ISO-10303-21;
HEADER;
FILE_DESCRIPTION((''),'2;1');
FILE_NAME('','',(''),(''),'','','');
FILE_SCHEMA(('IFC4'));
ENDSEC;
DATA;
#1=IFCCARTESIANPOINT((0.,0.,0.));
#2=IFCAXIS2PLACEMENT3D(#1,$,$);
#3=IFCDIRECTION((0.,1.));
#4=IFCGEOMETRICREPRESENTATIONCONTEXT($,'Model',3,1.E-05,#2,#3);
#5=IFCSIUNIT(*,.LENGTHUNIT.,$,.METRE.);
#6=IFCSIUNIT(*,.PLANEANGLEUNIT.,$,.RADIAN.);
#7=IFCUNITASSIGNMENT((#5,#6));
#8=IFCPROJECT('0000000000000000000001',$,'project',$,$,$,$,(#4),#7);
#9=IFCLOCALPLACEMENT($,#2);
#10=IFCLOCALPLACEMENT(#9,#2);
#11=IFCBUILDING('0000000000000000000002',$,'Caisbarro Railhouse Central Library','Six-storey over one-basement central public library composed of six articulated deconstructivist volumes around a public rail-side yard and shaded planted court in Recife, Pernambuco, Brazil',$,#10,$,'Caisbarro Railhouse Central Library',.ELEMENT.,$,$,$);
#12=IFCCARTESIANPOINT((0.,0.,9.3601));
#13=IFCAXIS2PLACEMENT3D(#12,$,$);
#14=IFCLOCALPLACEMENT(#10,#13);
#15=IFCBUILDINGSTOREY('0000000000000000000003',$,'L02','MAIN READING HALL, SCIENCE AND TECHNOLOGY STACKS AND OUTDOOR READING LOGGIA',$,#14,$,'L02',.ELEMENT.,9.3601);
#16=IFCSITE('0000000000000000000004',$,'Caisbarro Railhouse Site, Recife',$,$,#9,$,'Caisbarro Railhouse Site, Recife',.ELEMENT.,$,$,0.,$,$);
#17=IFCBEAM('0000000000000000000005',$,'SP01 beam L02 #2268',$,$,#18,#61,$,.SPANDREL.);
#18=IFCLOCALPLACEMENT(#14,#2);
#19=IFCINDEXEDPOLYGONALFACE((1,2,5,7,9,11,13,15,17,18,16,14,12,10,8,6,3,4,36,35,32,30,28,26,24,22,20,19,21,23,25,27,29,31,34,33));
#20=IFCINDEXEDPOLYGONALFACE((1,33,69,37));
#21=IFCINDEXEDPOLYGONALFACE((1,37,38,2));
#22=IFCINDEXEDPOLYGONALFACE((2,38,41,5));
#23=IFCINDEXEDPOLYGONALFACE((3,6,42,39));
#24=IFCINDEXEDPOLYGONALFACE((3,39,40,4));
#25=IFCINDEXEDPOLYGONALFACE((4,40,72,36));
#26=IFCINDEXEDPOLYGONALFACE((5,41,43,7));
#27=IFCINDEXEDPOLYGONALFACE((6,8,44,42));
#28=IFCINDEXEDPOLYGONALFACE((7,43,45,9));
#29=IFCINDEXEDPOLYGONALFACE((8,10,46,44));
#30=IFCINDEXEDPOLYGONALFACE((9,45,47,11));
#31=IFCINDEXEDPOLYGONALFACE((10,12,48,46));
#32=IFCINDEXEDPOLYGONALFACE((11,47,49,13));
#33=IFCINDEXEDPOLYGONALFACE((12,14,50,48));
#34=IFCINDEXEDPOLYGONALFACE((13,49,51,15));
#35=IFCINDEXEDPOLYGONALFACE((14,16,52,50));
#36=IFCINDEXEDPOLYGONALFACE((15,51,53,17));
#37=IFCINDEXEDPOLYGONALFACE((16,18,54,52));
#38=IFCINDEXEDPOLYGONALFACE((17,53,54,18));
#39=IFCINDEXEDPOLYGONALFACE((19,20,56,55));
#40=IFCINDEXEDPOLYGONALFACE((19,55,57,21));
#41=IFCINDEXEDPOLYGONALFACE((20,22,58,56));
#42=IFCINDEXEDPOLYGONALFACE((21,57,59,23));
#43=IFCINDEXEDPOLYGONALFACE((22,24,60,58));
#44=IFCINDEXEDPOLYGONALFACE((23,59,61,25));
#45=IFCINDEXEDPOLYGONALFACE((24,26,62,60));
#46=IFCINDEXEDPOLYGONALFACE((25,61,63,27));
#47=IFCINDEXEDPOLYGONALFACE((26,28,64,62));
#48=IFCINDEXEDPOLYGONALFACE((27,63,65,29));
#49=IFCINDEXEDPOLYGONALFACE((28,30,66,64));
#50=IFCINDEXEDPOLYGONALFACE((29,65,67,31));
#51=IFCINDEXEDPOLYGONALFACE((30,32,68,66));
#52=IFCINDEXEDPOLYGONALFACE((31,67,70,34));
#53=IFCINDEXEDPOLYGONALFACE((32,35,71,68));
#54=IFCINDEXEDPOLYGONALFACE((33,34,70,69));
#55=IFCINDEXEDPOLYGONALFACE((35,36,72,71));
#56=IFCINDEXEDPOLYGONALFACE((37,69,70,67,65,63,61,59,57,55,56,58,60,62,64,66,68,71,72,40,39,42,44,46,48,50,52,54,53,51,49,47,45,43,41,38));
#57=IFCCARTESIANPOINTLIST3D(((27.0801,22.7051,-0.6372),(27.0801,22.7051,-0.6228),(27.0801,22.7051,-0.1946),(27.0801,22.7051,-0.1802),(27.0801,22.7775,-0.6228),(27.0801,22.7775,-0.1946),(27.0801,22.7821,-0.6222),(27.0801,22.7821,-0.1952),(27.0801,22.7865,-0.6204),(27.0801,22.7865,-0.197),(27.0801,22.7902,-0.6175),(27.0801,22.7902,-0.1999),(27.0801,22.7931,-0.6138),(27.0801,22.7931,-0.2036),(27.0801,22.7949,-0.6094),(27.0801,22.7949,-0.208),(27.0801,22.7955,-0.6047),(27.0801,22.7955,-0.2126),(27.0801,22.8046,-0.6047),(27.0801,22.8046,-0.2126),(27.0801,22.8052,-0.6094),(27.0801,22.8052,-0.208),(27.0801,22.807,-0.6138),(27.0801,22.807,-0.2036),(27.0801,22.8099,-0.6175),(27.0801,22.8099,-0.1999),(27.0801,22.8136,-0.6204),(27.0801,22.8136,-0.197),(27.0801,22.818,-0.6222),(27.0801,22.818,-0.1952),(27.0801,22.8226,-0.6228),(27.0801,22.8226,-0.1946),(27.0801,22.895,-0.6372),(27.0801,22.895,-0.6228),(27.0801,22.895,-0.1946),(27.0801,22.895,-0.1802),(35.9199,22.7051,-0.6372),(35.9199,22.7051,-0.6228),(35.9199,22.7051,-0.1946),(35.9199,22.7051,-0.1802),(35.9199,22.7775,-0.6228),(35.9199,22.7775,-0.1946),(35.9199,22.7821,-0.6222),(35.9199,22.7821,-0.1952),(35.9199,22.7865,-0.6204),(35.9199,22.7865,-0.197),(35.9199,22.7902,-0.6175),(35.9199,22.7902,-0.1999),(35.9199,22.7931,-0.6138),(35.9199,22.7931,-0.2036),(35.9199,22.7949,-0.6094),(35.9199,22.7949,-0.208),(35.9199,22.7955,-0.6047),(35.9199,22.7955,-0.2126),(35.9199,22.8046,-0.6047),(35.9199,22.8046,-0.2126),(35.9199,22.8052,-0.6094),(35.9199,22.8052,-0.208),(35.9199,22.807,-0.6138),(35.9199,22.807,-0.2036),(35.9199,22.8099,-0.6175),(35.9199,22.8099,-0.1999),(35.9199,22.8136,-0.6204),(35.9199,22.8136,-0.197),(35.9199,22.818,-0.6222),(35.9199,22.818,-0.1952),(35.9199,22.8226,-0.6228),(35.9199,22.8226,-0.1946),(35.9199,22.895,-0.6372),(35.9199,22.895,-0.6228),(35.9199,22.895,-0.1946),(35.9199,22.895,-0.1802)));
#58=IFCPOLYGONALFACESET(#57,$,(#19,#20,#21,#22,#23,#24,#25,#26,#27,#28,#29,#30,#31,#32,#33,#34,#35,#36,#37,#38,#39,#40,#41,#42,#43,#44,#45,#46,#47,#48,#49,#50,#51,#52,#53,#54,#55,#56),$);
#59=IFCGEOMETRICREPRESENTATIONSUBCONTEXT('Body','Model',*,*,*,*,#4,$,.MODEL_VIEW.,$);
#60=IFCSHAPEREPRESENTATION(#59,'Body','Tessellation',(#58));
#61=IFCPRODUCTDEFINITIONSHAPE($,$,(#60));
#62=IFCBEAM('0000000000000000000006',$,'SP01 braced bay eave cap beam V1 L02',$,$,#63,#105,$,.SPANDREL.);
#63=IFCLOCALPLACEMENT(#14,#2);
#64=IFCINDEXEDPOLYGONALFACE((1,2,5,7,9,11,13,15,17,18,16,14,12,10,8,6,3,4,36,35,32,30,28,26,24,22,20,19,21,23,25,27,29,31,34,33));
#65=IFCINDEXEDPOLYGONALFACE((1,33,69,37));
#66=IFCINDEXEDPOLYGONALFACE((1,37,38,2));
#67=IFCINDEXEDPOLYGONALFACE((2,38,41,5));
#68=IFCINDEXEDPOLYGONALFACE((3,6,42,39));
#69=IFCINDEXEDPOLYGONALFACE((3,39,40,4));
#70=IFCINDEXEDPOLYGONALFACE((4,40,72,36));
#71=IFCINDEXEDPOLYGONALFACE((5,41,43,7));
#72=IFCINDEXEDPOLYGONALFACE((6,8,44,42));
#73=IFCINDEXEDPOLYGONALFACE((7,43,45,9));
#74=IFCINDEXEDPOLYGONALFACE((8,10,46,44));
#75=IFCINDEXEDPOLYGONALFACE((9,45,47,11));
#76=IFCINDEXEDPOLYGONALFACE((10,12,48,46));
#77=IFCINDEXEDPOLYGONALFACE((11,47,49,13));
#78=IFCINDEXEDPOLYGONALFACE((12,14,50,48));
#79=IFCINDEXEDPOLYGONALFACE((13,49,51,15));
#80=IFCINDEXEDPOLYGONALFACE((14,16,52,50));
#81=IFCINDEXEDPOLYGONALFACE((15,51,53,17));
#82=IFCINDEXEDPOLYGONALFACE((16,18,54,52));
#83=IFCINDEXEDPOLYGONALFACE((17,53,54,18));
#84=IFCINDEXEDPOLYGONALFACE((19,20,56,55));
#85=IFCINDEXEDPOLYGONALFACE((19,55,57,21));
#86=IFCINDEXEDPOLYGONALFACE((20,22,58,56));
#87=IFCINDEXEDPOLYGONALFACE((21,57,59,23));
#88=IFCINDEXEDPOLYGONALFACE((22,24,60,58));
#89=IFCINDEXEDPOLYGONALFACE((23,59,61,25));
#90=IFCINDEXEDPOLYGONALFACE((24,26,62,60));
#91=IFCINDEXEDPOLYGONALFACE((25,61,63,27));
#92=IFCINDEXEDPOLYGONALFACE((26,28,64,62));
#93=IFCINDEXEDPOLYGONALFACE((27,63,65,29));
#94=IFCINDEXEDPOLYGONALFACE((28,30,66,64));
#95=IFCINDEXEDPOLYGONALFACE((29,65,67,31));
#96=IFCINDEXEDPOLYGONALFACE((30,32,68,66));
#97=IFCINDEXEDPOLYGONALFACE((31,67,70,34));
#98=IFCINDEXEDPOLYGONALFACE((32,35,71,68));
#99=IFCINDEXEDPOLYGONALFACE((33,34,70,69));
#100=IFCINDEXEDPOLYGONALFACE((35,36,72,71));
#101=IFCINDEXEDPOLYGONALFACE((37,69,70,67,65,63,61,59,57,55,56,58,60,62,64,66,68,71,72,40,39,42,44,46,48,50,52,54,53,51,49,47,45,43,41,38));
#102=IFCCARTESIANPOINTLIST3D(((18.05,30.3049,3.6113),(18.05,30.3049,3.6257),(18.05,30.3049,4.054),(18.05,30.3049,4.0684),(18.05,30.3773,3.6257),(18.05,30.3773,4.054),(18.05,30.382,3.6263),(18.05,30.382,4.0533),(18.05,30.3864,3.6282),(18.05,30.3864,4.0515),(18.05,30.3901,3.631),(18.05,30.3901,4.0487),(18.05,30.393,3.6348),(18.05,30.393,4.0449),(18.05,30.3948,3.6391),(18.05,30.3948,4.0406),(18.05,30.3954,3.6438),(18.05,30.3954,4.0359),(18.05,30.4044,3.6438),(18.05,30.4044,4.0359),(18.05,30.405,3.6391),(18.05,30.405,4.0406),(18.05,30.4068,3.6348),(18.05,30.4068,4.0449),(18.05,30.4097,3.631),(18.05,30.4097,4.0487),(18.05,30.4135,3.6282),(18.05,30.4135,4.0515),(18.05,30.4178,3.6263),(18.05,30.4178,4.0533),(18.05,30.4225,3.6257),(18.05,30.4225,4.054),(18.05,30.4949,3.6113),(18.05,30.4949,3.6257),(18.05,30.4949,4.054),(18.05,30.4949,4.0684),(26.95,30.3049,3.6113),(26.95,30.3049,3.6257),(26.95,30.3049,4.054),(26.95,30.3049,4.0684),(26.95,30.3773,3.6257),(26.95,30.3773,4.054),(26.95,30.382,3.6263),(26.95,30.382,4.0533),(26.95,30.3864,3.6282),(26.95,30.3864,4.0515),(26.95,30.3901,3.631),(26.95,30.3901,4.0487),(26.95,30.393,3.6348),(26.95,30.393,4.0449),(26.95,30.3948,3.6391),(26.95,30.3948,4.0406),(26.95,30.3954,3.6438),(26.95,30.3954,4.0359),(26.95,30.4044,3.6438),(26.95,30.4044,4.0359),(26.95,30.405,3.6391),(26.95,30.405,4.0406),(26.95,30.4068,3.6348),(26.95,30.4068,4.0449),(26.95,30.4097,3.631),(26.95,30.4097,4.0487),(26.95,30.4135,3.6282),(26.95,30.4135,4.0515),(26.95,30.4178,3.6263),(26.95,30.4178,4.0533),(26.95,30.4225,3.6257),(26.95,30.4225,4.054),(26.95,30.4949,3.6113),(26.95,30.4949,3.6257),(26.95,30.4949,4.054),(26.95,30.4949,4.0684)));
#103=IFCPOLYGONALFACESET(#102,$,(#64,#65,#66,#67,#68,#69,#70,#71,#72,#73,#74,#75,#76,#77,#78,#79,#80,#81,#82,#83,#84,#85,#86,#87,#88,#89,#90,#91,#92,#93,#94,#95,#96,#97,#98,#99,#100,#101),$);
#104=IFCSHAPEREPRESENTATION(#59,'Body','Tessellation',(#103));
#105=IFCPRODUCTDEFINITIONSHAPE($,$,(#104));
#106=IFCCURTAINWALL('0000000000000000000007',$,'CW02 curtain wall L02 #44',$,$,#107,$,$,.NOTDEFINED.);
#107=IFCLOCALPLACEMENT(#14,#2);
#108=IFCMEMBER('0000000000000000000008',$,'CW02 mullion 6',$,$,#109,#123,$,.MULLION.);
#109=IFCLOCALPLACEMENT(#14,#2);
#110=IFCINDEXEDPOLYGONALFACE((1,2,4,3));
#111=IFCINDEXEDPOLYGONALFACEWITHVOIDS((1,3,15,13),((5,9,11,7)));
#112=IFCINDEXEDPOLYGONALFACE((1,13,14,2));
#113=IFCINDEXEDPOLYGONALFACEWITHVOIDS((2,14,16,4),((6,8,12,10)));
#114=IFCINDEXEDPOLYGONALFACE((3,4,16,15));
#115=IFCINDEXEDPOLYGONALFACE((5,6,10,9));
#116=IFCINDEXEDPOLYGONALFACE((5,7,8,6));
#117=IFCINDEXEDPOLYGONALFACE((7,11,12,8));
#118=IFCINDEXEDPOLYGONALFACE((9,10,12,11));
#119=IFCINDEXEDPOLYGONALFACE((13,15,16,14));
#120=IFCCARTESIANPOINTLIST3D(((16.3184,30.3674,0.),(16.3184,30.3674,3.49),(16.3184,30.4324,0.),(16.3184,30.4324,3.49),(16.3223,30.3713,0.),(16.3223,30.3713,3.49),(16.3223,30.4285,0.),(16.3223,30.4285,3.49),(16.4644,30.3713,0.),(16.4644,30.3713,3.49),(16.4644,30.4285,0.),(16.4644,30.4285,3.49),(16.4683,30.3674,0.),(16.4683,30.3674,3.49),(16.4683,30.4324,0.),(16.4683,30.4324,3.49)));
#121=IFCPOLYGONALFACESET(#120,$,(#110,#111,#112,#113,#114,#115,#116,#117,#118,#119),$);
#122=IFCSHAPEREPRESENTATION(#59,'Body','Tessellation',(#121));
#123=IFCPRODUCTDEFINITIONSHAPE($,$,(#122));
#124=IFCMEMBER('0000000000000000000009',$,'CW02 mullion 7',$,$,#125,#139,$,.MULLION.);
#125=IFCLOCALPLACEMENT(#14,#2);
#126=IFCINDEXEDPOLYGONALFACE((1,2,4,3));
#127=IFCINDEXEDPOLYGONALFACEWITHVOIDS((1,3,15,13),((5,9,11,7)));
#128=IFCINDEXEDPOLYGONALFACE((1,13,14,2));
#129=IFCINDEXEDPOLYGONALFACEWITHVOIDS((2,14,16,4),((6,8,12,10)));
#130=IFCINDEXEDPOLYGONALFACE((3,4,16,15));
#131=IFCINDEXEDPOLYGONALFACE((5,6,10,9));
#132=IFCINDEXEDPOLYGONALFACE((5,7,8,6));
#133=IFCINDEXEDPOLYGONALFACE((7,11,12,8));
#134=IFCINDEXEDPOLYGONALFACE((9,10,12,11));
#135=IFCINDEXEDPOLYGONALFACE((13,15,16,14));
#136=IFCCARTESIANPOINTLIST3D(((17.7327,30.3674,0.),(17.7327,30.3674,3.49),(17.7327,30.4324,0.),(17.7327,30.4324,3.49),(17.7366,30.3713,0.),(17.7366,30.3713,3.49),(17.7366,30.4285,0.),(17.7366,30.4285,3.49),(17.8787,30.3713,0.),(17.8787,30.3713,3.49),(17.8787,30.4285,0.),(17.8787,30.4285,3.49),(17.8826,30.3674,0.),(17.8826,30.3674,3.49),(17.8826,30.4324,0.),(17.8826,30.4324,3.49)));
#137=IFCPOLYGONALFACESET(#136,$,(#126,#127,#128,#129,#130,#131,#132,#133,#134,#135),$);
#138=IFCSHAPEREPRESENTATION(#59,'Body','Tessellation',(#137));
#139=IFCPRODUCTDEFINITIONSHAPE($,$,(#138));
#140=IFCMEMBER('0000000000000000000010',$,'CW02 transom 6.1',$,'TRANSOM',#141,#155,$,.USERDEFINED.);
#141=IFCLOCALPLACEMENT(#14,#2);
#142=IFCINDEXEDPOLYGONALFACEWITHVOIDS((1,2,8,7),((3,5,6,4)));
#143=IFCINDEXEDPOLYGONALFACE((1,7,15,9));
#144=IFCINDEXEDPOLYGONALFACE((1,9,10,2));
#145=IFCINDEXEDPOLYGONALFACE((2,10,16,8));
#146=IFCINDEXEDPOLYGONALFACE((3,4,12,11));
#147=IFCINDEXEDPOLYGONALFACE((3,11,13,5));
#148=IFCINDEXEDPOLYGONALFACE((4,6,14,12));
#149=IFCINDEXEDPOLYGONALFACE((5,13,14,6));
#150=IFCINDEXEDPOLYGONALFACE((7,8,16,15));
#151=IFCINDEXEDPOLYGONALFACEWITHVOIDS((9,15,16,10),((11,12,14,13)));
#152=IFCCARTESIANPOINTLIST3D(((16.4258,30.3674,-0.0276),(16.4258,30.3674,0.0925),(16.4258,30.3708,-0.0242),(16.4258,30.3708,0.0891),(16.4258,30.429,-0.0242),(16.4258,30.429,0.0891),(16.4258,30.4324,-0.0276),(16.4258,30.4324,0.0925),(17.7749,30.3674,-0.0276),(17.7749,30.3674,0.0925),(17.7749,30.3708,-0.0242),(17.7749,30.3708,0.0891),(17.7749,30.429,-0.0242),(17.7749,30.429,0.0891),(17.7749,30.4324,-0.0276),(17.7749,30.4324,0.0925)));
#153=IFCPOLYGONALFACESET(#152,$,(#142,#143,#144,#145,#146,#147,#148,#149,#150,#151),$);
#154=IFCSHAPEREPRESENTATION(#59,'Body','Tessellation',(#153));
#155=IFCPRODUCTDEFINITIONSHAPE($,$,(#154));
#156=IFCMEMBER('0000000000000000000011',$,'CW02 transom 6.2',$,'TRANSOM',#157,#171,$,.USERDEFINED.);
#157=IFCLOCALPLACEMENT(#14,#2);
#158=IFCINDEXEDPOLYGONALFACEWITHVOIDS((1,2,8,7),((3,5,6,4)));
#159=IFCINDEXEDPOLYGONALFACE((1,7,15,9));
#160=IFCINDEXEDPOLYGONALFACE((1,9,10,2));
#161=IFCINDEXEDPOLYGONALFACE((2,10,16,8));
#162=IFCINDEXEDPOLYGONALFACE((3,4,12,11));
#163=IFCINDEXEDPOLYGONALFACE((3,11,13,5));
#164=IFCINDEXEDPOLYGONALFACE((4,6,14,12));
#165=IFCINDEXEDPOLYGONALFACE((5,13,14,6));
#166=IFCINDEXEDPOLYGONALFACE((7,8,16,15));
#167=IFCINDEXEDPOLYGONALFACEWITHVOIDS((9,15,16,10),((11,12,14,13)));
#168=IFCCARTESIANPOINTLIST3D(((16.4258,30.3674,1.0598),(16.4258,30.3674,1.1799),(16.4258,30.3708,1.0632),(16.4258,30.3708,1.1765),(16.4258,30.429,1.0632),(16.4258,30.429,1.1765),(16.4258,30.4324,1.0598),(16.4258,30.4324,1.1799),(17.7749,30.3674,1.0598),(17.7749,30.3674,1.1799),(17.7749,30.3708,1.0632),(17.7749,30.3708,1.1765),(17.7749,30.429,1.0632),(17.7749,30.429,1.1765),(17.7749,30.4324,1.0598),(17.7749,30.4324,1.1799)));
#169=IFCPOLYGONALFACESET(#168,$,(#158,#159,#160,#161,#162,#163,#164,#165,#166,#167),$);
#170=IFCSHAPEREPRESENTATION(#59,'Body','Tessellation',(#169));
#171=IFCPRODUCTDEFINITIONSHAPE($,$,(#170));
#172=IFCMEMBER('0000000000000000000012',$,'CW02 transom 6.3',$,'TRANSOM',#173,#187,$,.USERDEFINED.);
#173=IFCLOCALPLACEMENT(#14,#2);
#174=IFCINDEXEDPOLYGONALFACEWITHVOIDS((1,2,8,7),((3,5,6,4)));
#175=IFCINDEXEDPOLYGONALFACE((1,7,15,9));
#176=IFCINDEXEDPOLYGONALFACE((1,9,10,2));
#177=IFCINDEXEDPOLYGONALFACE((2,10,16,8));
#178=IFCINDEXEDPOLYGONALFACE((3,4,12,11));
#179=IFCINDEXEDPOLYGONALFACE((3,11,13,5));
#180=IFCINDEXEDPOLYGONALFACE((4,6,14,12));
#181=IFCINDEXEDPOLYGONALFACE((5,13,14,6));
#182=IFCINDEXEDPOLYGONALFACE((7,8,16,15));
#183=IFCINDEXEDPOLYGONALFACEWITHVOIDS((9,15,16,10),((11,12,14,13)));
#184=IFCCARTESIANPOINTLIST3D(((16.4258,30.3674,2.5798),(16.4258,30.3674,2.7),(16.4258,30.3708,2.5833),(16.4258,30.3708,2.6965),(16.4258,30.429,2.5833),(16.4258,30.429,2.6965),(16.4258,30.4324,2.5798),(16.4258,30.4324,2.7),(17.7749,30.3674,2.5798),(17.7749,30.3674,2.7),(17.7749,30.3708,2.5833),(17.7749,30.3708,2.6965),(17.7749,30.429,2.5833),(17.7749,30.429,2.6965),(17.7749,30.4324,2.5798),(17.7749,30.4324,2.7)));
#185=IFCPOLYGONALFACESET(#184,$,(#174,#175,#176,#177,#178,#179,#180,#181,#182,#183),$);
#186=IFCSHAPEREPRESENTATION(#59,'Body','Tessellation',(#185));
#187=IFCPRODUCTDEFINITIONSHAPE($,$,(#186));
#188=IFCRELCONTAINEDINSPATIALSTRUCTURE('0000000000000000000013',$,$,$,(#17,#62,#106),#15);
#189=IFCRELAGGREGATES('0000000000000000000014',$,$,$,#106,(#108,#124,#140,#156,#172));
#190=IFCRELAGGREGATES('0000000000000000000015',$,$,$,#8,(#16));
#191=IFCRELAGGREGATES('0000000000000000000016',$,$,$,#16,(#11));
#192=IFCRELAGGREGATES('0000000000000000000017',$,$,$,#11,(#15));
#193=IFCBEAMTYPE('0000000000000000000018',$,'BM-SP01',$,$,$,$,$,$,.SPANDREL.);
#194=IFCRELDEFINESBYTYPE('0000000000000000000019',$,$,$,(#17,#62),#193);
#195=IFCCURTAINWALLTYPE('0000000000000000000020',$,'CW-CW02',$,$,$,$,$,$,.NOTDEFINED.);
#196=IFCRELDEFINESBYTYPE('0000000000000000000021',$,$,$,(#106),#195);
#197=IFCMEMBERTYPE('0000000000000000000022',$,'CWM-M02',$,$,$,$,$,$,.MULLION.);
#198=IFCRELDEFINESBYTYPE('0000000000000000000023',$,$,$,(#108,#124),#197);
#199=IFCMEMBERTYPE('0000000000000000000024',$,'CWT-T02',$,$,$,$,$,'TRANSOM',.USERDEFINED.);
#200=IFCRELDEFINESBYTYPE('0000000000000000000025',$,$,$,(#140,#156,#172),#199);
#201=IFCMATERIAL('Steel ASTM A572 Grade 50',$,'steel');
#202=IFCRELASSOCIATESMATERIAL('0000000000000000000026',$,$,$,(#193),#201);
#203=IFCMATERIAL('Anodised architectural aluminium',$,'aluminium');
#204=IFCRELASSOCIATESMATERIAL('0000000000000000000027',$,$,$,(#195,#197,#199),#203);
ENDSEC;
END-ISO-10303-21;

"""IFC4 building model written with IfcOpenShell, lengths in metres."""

from ifc_helpers import new_model, si_unit, direction, frame, origin, origin_2d, place, context, subcontext, project, spatial, hollow_rectangle, i_section, extrude, material, material_profile, profile_set, type_object, element, aggregate, save


model = new_model("IFC4")

# Units and contexts
model_context = context("Model", 3, precision=1e-05, world=origin(), true_north=direction((0.0, 1.0)))
body_context = subcontext(model_context, "Body", "Model", "MODEL_VIEW")
ifc_project = project(units=[si_unit("LENGTHUNIT", "METRE"), si_unit("PLANEANGLEUNIT", "RADIAN")], contexts=[model_context])

# Site, building, storey
site_placement = place(None, origin())
site = spatial("IfcSite", under=ifc_project, at=site_placement, Name="Caisbarro Railhouse Site, Recife", LongName="Caisbarro Railhouse Site, Recife", CompositionType="ELEMENT", RefElevation=0.0)
building_placement = place(site_placement, origin())
building = spatial("IfcBuilding", under=site, at=building_placement, Name="Caisbarro Railhouse Central Library", Description="Six-storey over one-basement central public library composed of six articulated deconstructivist volumes around a public rail-side yard and shaded planted court in Recife, Pernambuco, Brazil", LongName="Caisbarro Railhouse Central Library", CompositionType="ELEMENT")
storey_placement = place(building_placement, frame((0.0, 0.0, 9.3601)))
storey = spatial("IfcBuildingStorey", under=building, at=storey_placement, Name="L02", Description="MAIN READING HALL, SCIENCE AND TECHNOLOGY STACKS AND OUTDOOR READING LOGGIA", LongName="L02", CompositionType="ELEMENT", Elevation=9.3601)

# Shared definitions
ifc_material_1 = material(Name="Steel ASTM A572 Grade 50", Category="steel")

# Beams
ifc_material_profile_1 = material_profile(ifc_material_1, i_section(OverallWidth=0.1899, OverallDepth=0.457, WebThickness=0.009, FlangeThickness=0.0144, FilletRadius=0.0181, at=origin_2d()), Name="W460X74.0")
ifc_profile_set_1 = profile_set([ifc_material_profile_1], Name="Steel ASTM A572 Grade 50")
beam_type_1 = type_object("IfcBeamType", Name="BM-SP01", PredefinedType="SPANDREL", material=ifc_profile_set_1)
for number, where, z_axis, x_axis, name in (
    (1, (27.0801, 22.8, -0.4087), (1.0, 0.0, 0.0), (0.0, 1.0, 0.0), "SP01 beam L02 #2268"),
):
    element("IfcBeam", number, at=place(storey_placement, frame(where, z_axis=z_axis, x_axis=x_axis)), inside=storey, type_object=beam_type_1, Name=name, PredefinedType="SPANDREL", context=body_context, shape_type="SweptSolid", body=[
        extrude(i_section(OverallWidth=0.1899, OverallDepth=0.457, WebThickness=0.009, FlangeThickness=0.0144, FilletRadius=0.0181, at=origin_2d()), origin(), (0.0, 0.0, 1.0), 8.8398),
    ])
beam_placement = place(storey_placement, frame((18.05, 30.3999, 3.8398), z_axis=(1.0, 0.0, 0.0), x_axis=(0.0, 1.0, 0.0)))
element("IfcBeam", 2, at=beam_placement, inside=storey, type_object=beam_type_1, Name="SP01 braced bay eave cap beam V1 L02", PredefinedType="SPANDREL", context=body_context, shape_type="SweptSolid", body=[
    extrude(i_section(OverallWidth=0.1899, OverallDepth=0.457, WebThickness=0.009, FlangeThickness=0.0144, FilletRadius=0.0181, at=origin_2d()), origin(), (0.0, 0.0, 1.0), 8.8999),
])

# Curtain wall, members
ifc_material_2 = material(Name="Anodised architectural aluminium", Category="aluminium")
curtain_wall_type = type_object("IfcCurtainWallType", Name="CW-CW02", PredefinedType="NOTDEFINED", material=ifc_material_2)
curtain_wall_placement = place(storey_placement, origin())
curtain_wall = element("IfcCurtainWall", 3, at=curtain_wall_placement, inside=storey, type_object=curtain_wall_type, Name="CW02 curtain wall L02 #44", PredefinedType="NOTDEFINED")
ifc_material_profile_2 = material_profile(ifc_material_2, hollow_rectangle(XDim=0.0649, YDim=0.1499, WallThickness=0.0039, at=origin_2d()), Name="ALU-MUL-65X150")
ifc_profile_set_2 = profile_set([ifc_material_profile_2], Name="Anodised architectural aluminium")
member_type_1 = type_object("IfcMemberType", Name="CWM-M02", PredefinedType="MULLION", material=ifc_profile_set_2)
member_1_placement = place(storey_placement, frame((16.3933, 30.3999, 0.0), z_axis=(0.0, 0.0, 1.0), x_axis=(0.0, 1.0, 0.0)))
member_1 = element("IfcMember", 4, at=member_1_placement, type_object=member_type_1, Name="CW02 mullion 6", PredefinedType="MULLION", context=body_context, shape_type="SweptSolid", body=[
    extrude(hollow_rectangle(XDim=0.0649, YDim=0.1499, WallThickness=0.0039, at=origin_2d()), origin(), (0.0, 0.0, 1.0), 3.49),
])
member_2_placement = place(storey_placement, frame((17.8076, 30.3999, 0.0), z_axis=(0.0, 0.0, 1.0), x_axis=(0.0, 1.0, 0.0)))
member_2 = element("IfcMember", 5, at=member_2_placement, type_object=member_type_1, Name="CW02 mullion 7", PredefinedType="MULLION", context=body_context, shape_type="SweptSolid", body=[
    extrude(hollow_rectangle(XDim=0.0649, YDim=0.1499, WallThickness=0.0039, at=origin_2d()), origin(), (0.0, 0.0, 1.0), 3.49),
])
ifc_material_profile_3 = material_profile(ifc_material_2, hollow_rectangle(XDim=0.0649, YDim=0.1201, WallThickness=0.0034, at=origin_2d()), Name="ALU-TRN-65X120")
ifc_profile_set_3 = profile_set([ifc_material_profile_3], Name="Anodised architectural aluminium")
member_type_2 = type_object("IfcMemberType", Name="CWT-T02", ElementType="TRANSOM", PredefinedType="USERDEFINED", material=ifc_profile_set_3)
member_3_placement = place(storey_placement, frame((16.4258, 30.3999, 0.0325), z_axis=(1.0, 0.0, 0.0), x_axis=(0.0, 1.0, 0.0)))
member_3 = element("IfcMember", 6, at=member_3_placement, type_object=member_type_2, Name="CW02 transom 6.1", ObjectType="TRANSOM", PredefinedType="USERDEFINED", context=body_context, shape_type="SweptSolid", body=[
    extrude(hollow_rectangle(XDim=0.0649, YDim=0.1201, WallThickness=0.0034, at=origin_2d()), origin(), (0.0, 0.0, 1.0), 1.3491),
])
member_4_placement = place(storey_placement, frame((16.4258, 30.3999, 1.1199), z_axis=(1.0, 0.0, 0.0), x_axis=(0.0, 1.0, 0.0)))
member_4 = element("IfcMember", 7, at=member_4_placement, type_object=member_type_2, Name="CW02 transom 6.2", ObjectType="TRANSOM", PredefinedType="USERDEFINED", context=body_context, shape_type="SweptSolid", body=[
    extrude(hollow_rectangle(XDim=0.0649, YDim=0.1201, WallThickness=0.0034, at=origin_2d()), origin(), (0.0, 0.0, 1.0), 1.3491),
])
member_5_placement = place(storey_placement, frame((16.4258, 30.3999, 2.6399), z_axis=(1.0, 0.0, 0.0), x_axis=(0.0, 1.0, 0.0)))
member_5 = element("IfcMember", 8, at=member_5_placement, type_object=member_type_2, Name="CW02 transom 6.3", ObjectType="TRANSOM", PredefinedType="USERDEFINED", context=body_context, shape_type="SweptSolid", body=[
    extrude(hollow_rectangle(XDim=0.0649, YDim=0.1201, WallThickness=0.0034, at=origin_2d()), origin(), (0.0, 0.0, 1.0), 1.3491),
])

aggregate(curtain_wall, [member_1, member_2, member_3, member_4, member_5])

save(model, "model.ifc")
